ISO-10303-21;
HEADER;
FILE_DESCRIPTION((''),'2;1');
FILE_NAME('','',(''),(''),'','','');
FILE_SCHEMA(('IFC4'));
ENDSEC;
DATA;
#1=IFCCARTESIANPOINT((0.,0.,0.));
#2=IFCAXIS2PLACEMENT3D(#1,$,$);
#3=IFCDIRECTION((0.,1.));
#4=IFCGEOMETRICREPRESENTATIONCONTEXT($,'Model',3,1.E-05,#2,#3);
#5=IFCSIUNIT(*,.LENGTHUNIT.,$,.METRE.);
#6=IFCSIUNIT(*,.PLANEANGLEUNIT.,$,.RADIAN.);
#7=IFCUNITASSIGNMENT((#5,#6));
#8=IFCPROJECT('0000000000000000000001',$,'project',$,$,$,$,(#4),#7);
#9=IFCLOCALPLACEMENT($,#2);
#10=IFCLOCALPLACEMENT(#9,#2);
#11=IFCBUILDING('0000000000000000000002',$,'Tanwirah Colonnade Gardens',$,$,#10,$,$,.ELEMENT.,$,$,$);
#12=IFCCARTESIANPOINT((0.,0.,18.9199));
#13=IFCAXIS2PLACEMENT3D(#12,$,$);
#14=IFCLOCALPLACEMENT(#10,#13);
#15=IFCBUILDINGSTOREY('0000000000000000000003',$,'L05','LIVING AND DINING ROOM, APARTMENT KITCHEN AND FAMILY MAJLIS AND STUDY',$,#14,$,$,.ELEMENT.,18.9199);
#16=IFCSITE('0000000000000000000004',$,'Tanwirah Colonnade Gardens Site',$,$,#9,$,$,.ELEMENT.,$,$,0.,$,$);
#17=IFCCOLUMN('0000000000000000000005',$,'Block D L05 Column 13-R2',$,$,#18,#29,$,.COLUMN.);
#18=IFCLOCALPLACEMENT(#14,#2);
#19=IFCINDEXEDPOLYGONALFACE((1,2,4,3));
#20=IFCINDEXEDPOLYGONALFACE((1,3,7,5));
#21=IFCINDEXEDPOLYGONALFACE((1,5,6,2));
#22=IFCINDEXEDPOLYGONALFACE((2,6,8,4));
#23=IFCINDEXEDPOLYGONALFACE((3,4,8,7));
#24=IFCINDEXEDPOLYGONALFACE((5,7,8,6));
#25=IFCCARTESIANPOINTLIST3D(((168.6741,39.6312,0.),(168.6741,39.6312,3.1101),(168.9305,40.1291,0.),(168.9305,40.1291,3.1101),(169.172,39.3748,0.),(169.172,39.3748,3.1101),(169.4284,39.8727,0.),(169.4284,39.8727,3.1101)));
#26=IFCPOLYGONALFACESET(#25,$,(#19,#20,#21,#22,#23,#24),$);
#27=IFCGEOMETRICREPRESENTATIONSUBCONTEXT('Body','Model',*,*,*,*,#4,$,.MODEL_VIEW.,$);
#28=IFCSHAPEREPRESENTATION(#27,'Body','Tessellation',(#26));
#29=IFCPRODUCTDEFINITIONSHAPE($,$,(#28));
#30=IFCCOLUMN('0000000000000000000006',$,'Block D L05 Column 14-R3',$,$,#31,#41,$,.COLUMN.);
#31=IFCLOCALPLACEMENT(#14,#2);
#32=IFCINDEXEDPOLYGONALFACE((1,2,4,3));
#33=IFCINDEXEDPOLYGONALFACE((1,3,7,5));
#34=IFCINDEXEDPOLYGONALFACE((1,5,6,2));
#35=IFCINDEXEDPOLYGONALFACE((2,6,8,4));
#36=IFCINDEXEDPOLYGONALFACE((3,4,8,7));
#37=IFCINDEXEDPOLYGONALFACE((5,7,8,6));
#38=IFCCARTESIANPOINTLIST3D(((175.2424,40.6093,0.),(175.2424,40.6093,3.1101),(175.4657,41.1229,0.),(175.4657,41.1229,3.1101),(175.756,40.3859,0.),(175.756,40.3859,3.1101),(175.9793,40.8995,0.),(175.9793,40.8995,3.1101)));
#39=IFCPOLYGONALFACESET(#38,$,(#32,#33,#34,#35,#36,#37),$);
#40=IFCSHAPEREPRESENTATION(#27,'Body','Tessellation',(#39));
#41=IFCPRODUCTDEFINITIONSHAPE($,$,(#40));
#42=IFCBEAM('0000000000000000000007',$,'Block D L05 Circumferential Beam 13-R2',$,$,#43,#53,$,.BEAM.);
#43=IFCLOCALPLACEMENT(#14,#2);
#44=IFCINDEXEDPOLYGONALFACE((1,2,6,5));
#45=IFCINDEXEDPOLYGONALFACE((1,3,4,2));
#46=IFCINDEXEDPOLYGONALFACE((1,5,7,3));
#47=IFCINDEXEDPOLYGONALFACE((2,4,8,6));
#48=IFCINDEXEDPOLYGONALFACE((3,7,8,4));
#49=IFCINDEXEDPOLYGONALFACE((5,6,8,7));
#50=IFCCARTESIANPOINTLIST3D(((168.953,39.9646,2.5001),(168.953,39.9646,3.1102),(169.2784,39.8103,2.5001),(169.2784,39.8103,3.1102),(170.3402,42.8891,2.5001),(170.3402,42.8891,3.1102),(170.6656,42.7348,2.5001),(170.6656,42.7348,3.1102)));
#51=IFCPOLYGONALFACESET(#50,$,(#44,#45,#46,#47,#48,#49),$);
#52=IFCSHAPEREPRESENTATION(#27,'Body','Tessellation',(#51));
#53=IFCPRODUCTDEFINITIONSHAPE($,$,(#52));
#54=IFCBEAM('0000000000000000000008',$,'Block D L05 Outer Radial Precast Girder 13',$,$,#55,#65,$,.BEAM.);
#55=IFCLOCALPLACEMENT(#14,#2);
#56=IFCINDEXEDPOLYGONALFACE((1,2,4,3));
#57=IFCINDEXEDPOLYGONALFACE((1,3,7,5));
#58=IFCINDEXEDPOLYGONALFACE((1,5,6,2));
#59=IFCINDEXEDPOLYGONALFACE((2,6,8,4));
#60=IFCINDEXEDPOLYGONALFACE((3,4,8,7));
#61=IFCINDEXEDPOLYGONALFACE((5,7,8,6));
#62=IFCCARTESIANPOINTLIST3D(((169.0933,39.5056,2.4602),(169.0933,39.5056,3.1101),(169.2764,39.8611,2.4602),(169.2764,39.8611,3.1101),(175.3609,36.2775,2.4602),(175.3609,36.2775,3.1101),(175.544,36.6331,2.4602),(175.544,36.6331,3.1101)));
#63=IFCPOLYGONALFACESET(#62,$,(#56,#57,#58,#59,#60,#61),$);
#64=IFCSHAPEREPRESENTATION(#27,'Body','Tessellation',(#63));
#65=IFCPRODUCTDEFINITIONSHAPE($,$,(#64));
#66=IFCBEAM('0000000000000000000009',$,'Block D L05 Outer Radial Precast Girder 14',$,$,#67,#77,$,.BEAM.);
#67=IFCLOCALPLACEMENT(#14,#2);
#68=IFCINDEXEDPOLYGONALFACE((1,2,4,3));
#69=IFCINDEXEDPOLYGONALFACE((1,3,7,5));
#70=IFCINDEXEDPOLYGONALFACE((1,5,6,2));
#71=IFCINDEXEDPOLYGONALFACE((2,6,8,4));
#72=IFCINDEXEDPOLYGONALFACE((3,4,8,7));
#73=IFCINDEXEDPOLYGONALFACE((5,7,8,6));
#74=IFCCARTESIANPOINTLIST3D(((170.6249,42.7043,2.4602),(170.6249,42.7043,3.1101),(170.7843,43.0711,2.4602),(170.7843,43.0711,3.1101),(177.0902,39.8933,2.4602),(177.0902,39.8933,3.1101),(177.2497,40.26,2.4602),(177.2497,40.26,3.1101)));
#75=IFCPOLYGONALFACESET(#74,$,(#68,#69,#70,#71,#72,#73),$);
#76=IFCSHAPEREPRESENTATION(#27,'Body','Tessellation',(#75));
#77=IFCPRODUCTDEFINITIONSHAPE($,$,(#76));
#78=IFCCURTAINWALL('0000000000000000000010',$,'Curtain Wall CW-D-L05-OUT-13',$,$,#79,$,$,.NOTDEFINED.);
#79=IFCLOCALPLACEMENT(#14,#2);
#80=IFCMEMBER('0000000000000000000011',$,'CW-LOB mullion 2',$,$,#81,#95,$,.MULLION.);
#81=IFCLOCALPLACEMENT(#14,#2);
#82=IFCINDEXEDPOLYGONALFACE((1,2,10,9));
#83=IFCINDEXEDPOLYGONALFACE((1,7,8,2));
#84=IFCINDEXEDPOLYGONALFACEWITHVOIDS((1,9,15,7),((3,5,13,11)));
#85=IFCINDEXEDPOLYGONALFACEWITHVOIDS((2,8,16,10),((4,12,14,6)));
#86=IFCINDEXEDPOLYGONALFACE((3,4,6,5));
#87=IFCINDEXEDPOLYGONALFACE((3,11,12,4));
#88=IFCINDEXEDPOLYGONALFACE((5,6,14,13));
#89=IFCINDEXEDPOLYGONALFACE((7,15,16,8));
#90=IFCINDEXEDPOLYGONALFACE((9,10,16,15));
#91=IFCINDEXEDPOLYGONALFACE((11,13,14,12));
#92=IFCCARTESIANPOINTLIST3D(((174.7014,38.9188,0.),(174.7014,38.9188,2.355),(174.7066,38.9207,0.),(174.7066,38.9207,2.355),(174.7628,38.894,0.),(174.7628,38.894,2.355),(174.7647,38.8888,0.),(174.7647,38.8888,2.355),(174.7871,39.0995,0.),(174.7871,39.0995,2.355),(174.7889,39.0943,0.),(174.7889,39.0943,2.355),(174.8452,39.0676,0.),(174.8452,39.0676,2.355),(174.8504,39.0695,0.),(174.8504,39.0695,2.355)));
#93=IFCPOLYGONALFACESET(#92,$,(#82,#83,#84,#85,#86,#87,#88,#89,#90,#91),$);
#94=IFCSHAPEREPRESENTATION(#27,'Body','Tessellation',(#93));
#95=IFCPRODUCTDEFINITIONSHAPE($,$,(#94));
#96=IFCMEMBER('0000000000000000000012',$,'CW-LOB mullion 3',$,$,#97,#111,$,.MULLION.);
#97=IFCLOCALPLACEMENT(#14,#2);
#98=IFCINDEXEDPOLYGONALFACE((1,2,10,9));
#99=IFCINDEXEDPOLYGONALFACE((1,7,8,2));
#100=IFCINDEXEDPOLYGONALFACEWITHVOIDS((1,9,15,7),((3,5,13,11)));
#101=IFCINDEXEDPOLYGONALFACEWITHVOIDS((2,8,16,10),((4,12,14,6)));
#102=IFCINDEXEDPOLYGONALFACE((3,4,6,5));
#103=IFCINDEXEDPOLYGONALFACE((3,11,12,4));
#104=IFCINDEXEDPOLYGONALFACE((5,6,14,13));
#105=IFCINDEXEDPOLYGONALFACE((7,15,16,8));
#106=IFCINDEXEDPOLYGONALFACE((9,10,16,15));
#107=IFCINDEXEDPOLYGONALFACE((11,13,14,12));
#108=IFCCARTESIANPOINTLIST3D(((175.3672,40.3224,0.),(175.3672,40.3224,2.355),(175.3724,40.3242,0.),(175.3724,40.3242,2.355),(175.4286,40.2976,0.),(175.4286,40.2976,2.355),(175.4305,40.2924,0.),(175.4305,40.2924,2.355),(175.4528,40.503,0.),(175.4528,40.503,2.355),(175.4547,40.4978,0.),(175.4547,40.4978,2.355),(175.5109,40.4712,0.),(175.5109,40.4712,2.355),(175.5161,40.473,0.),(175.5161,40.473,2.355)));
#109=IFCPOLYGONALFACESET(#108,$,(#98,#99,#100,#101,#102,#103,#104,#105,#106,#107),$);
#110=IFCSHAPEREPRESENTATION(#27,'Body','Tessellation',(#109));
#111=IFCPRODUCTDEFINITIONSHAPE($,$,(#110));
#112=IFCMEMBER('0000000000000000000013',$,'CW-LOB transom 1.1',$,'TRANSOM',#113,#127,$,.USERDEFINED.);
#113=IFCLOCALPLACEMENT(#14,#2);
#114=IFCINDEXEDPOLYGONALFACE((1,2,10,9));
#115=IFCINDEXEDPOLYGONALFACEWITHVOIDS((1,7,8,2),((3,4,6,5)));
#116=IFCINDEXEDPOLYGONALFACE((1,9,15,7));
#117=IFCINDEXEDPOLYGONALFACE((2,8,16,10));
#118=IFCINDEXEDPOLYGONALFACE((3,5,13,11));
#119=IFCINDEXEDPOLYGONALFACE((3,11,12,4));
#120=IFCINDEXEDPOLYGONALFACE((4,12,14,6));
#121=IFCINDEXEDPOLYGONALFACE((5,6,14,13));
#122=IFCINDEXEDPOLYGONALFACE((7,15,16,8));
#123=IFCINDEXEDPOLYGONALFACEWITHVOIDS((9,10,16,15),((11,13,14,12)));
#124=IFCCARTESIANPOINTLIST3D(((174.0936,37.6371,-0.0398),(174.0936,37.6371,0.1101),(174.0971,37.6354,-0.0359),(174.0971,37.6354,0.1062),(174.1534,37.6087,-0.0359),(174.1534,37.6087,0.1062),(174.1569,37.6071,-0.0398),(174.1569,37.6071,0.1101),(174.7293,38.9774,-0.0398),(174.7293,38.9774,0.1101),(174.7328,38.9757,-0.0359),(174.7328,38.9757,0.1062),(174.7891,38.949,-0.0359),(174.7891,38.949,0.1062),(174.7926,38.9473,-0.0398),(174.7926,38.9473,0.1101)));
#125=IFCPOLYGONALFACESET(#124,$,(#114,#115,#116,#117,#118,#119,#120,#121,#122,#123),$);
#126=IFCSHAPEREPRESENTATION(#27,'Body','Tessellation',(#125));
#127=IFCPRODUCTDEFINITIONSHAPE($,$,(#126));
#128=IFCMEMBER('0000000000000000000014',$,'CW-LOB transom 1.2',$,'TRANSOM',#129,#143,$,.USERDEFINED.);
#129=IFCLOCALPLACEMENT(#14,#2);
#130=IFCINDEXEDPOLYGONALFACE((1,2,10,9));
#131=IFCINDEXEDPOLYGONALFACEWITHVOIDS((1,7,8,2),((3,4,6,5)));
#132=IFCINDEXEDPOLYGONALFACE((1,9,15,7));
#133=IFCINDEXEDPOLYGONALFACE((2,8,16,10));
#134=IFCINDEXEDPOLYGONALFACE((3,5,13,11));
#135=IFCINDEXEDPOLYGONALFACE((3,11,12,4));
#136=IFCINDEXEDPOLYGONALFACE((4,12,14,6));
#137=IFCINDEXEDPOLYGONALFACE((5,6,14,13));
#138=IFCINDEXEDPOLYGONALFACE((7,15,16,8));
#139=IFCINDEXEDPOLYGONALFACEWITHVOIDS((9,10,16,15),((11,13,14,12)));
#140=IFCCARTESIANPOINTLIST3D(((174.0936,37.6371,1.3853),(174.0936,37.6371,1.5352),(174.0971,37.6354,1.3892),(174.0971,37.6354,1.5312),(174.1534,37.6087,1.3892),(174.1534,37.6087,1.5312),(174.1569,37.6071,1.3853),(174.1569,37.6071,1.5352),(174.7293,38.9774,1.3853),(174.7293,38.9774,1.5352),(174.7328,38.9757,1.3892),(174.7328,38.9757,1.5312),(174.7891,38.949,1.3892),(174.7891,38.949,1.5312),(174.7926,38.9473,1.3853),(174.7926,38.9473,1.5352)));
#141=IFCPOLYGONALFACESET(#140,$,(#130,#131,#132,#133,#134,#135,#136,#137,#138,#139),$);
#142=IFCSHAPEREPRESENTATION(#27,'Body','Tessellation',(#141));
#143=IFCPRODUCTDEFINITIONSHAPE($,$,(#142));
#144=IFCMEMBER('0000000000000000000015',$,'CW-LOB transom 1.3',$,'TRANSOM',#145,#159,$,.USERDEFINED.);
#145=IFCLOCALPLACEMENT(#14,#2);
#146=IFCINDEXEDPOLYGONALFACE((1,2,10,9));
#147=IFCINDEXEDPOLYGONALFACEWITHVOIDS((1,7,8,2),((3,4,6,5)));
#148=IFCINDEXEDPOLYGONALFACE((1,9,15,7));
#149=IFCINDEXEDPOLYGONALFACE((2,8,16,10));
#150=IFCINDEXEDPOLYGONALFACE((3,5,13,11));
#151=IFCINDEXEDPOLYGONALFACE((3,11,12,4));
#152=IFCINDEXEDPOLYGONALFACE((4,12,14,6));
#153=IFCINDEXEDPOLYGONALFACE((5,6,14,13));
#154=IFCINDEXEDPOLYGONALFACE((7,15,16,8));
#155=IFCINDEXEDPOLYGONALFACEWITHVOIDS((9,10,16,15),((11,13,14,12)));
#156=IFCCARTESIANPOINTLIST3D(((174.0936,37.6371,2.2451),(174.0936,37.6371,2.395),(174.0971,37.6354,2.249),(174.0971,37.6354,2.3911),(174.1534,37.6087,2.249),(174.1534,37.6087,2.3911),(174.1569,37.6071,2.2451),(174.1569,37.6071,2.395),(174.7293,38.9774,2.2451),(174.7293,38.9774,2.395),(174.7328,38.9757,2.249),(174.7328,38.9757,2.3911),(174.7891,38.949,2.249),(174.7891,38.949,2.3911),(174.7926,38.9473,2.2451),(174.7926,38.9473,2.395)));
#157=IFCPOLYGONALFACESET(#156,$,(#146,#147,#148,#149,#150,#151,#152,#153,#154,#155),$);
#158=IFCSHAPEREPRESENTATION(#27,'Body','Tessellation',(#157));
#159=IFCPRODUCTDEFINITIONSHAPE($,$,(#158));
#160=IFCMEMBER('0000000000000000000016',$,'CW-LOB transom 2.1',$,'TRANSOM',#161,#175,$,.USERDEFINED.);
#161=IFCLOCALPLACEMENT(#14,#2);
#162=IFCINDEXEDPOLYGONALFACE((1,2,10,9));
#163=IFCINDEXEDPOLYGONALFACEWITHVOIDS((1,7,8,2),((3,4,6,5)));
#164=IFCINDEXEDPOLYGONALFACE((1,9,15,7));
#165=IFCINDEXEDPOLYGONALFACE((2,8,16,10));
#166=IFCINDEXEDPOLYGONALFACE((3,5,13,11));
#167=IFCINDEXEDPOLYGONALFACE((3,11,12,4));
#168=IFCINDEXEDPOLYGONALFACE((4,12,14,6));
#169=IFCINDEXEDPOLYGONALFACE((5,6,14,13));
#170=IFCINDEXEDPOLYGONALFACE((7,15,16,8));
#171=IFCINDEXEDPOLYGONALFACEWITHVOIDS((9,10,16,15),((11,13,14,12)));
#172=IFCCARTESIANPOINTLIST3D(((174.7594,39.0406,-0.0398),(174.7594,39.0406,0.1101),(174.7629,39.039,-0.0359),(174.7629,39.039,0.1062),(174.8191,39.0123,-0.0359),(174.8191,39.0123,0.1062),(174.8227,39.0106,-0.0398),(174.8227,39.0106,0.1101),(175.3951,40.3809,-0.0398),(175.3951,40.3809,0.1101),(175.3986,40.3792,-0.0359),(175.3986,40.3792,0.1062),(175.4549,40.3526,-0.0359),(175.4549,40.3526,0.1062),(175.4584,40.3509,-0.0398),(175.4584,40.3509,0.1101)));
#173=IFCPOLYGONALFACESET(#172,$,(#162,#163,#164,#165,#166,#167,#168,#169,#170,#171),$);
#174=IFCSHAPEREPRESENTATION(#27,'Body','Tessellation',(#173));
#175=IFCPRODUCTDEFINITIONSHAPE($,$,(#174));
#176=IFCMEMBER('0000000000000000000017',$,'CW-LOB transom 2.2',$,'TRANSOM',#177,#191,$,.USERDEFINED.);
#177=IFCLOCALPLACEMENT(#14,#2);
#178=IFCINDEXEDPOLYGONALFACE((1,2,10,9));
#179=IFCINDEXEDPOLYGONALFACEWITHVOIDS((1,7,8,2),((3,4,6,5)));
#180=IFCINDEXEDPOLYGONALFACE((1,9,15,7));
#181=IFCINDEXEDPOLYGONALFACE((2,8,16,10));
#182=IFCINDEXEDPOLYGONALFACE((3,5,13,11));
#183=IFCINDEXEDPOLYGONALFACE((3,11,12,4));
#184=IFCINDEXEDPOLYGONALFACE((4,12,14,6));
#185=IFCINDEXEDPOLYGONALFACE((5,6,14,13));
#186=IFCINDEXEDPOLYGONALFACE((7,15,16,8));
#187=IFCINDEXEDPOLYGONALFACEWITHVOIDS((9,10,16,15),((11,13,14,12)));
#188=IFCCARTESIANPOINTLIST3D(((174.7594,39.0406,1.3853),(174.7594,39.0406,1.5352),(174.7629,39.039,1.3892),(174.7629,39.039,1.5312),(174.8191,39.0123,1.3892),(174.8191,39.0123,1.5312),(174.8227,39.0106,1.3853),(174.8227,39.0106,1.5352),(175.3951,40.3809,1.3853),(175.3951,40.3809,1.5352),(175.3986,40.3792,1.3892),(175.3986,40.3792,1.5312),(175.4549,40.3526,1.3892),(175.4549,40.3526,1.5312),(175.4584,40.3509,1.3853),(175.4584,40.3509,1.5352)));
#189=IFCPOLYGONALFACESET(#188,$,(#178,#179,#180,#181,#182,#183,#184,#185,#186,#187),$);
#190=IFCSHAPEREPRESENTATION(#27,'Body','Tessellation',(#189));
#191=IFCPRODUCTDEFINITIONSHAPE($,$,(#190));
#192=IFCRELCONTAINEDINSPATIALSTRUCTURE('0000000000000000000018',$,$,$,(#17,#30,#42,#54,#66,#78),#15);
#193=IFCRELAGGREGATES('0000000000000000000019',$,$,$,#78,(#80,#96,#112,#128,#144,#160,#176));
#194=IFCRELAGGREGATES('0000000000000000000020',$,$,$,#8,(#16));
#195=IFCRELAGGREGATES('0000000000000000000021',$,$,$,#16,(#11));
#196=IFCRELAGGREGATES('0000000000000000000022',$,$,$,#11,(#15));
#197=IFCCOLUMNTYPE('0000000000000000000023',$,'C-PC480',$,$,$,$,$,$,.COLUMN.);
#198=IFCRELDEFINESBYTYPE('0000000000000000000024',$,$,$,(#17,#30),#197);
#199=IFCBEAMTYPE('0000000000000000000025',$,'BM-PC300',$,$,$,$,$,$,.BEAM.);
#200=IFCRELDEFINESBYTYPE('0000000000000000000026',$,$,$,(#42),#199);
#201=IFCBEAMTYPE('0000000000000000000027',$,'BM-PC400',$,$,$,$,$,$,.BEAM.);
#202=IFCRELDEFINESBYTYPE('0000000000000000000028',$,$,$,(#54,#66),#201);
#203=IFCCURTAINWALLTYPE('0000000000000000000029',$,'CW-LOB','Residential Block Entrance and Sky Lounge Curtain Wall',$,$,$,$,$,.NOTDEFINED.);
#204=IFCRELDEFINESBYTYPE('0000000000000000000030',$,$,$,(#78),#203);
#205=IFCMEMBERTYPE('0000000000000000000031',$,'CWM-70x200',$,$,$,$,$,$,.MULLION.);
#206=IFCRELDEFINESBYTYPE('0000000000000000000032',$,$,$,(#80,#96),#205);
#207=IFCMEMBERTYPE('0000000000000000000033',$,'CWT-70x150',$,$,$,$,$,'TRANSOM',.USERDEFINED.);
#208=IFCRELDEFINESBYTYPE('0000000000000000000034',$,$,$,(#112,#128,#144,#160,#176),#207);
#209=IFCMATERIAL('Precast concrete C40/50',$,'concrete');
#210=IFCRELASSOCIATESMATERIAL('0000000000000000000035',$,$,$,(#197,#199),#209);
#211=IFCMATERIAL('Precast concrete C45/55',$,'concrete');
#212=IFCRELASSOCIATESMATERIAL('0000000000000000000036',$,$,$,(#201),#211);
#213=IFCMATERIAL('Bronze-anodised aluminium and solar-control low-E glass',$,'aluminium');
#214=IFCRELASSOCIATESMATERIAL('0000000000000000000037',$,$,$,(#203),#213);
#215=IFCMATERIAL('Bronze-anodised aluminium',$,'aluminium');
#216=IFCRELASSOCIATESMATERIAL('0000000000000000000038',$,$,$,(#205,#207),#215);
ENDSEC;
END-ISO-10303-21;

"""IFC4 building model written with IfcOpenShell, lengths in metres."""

from ifc_helpers import new_model, si_unit, direction, frame, origin, origin_2d, place, context, subcontext, project, spatial, rectangle, hollow_rectangle, extrude, material, material_profile, profile_set, type_object, element, aggregate, save


model = new_model("IFC4")

# Units and contexts
model_context = context("Model", 3, precision=1e-05, world=origin(), true_north=direction((0.0, 1.0)))
body_context = subcontext(model_context, "Body", "Model", "MODEL_VIEW")
ifc_project = project(units=[si_unit("LENGTHUNIT", "METRE"), si_unit("PLANEANGLEUNIT", "RADIAN")], contexts=[model_context])

# Site, building, storey
site_placement = place(None, origin())
site = spatial("IfcSite", under=ifc_project, at=site_placement, Name="Tanwirah Colonnade Gardens Site", CompositionType="ELEMENT", RefElevation=0.0)
building_placement = place(site_placement, origin())
building = spatial("IfcBuilding", under=site, at=building_placement, Name="Tanwirah Colonnade Gardens", CompositionType="ELEMENT")
storey_placement = place(building_placement, frame((0.0, 0.0, 18.9199)))
storey = spatial("IfcBuildingStorey", under=building, at=storey_placement, Name="L05", Description="LIVING AND DINING ROOM, APARTMENT KITCHEN AND FAMILY MAJLIS AND STUDY", CompositionType="ELEMENT", Elevation=18.9199)

# Columns
ifc_material_1 = material(Name="Precast concrete C40/50", Category="concrete")
ifc_material_profile_1 = material_profile(ifc_material_1, rectangle(XDim=0.5601, YDim=0.5601, at=origin_2d()), Name="PC-COL 560x560")
ifc_profile_set_1 = profile_set([ifc_material_profile_1], Name="Precast concrete C40/50")
column_type = type_object("IfcColumnType", Name="C-PC480", PredefinedType="COLUMN", material=ifc_profile_set_1)
for number, where, z_axis, x_axis, name in (
    (1, (169.0513, 39.752, 0.0), (0.0, 0.0, 1.0), (0.889017, -0.457874, 0.0), "Block D L05 Column 13-R2"),
    (2, (175.6108, 40.7544, 0.0), (0.0, 0.0, 1.0), (0.91706, -0.398749, 0.0), "Block D L05 Column 14-R3"),
):
    element("IfcColumn", number, at=place(storey_placement, frame(where, z_axis=z_axis, x_axis=x_axis)), inside=storey, type_object=column_type, Name=name, PredefinedType="COLUMN", context=body_context, shape_type="SweptSolid", body=[
        extrude(rectangle(XDim=0.5601, YDim=0.5601, at=origin_2d()), origin(), (0.0, 0.0, 1.0), 3.1101),
    ])

# Beams
ifc_material_profile_2 = material_profile(ifc_material_1, rectangle(XDim=0.3601, YDim=0.6101, at=origin_2d()), Name="PC-BM 360x610")
ifc_profile_set_2 = profile_set([ifc_material_profile_2], Name="Precast concrete C40/50")
beam_type_1 = type_object("IfcBeamType", Name="BM-PC300", PredefinedType="BEAM", material=ifc_profile_set_2)
beam_1_placement = place(storey_placement, frame((169.1157, 39.8875, 2.8052), z_axis=(0.428563, 0.903512, 0.0), x_axis=(-0.903512, 0.428563, 0.0)))
element("IfcBeam", 3, at=beam_1_placement, inside=storey, type_object=beam_type_1, Name="Block D L05 Circumferential Beam 13-R2", PredefinedType="BEAM", context=body_context, shape_type="SweptSolid", body=[
    extrude(rectangle(XDim=0.3601, YDim=0.6101, at=origin_2d()), origin(), (0.0, 0.0, 1.0), 3.2368),
])
ifc_material_2 = material(Name="Precast concrete C45/55", Category="concrete")
ifc_material_profile_3 = material_profile(ifc_material_2, rectangle(XDim=0.3999, YDim=0.6499, at=origin_2d()), Name="PC-BM 400x650")
ifc_profile_set_3 = profile_set([ifc_material_profile_3], Name="Precast concrete C45/55")
beam_type_2 = type_object("IfcBeamType", Name="BM-PC400", PredefinedType="BEAM", material=ifc_profile_set_3)
for number, where, z_axis, x_axis, name in (
    (4, (169.1848, 39.6833, 2.7852), (0.889016, -0.457875, 0.0), (0.457875, 0.889016, 0.0), "Block D L05 Outer Radial Precast Girder 13"),
    (5, (170.7046, 42.8877, 2.7852), (0.917069, -0.398729, 0.0), (0.398729, 0.917069, 0.0), "Block D L05 Outer Radial Precast Girder 14"),
):
    element("IfcBeam", number, at=place(storey_placement, frame(where, z_axis=z_axis, x_axis=x_axis)), inside=storey, type_object=beam_type_2, Name=name, PredefinedType="BEAM", context=body_context, shape_type="SweptSolid", body=[
        extrude(rectangle(XDim=0.3999, YDim=0.6499, at=origin_2d()), origin(), (0.0, 0.0, 1.0), 7.05),
    ])

# Curtain wall, members
ifc_material_3 = material(Name="Bronze-anodised aluminium and solar-control low-E glass", Category="aluminium")
curtain_wall_type = type_object("IfcCurtainWallType", Name="CW-LOB", Description="Residential Block Entrance and Sky Lounge Curtain Wall", PredefinedType="NOTDEFINED", material=ifc_material_3)
curtain_wall_placement = place(storey_placement, origin())
curtain_wall = element("IfcCurtainWall", 6, at=curtain_wall_placement, inside=storey, type_object=curtain_wall_type, Name="Curtain Wall CW-D-L05-OUT-13", PredefinedType="NOTDEFINED")
ifc_material_4 = material(Name="Bronze-anodised aluminium", Category="aluminium")
ifc_material_profile_4 = material_profile(ifc_material_4, hollow_rectangle(XDim=0.0701, YDim=0.2, WallThickness=0.0039, at=origin_2d()), Name="CW-MUL 70x200x4")
ifc_profile_set_4 = profile_set([ifc_material_profile_4], Name="Bronze-anodised aluminium")
member_type_1 = type_object("IfcMemberType", Name="CWM-70x200", PredefinedType="MULLION", material=ifc_profile_set_4)
member_1_placement = place(storey_placement, frame((174.7759, 38.9941, 0.0), z_axis=(0.0, 0.0, 1.0), x_axis=(-0.903523, 0.42854, 0.0)))
member_1 = element("IfcMember", 7, at=member_1_placement, type_object=member_type_1, Name="CW-LOB mullion 2", PredefinedType="MULLION", context=body_context, shape_type="SweptSolid", body=[
    extrude(hollow_rectangle(XDim=0.0701, YDim=0.2, WallThickness=0.0039, at=origin_2d()), origin(), (0.0, 0.0, 1.0), 2.355),
])
member_2_placement = place(storey_placement, frame((175.4417, 40.3977, 0.0), z_axis=(0.0, 0.0, 1.0), x_axis=(-0.903523, 0.42854, 0.0)))
member_2 = element("IfcMember", 8, at=member_2_placement, type_object=member_type_1, Name="CW-LOB mullion 3", PredefinedType="MULLION", context=body_context, shape_type="SweptSolid", body=[
    extrude(hollow_rectangle(XDim=0.0701, YDim=0.2, WallThickness=0.0039, at=origin_2d()), origin(), (0.0, 0.0, 1.0), 2.355),
])
ifc_material_profile_5 = material_profile(ifc_material_4, hollow_rectangle(XDim=0.0701, YDim=0.1499, WallThickness=0.0039, at=origin_2d()), Name="CW-TRN 70x150x4")
ifc_profile_set_5 = profile_set([ifc_material_profile_5], Name="Bronze-anodised aluminium")
member_type_2 = type_object("IfcMemberType", Name="CWT-70x150", ElementType="TRANSOM", PredefinedType="USERDEFINED", material=ifc_profile_set_5)
member_3_placement = place(storey_placement, frame((174.1252, 37.6221, 0.0352), z_axis=(0.428553, 0.903517, 0.0), x_axis=(-0.903517, 0.428553, 0.0)))
member_3 = element("IfcMember", 9, at=member_3_placement, type_object=member_type_2, Name="CW-LOB transom 1.1", ObjectType="TRANSOM", PredefinedType="USERDEFINED", context=body_context, shape_type="SweptSolid", body=[
    extrude(hollow_rectangle(XDim=0.0701, YDim=0.1499, WallThickness=0.0039, at=origin_2d()), origin(), (0.0, 0.0, 1.0), 1.4834),
])
member_4_placement = place(storey_placement, frame((174.1252, 37.6221, 1.4602), z_axis=(0.428553, 0.903517, 0.0), x_axis=(-0.903517, 0.428553, 0.0)))
member_4 = element("IfcMember", 10, at=member_4_placement, type_object=member_type_2, Name="CW-LOB transom 1.2", ObjectType="TRANSOM", PredefinedType="USERDEFINED", context=body_context, shape_type="SweptSolid", body=[
    extrude(hollow_rectangle(XDim=0.0701, YDim=0.1499, WallThickness=0.0039, at=origin_2d()), origin(), (0.0, 0.0, 1.0), 1.4834),
])
member_5_placement = place(storey_placement, frame((174.1252, 37.6221, 2.3201), z_axis=(0.428553, 0.903517, 0.0), x_axis=(-0.903517, 0.428553, 0.0)))
member_5 = element("IfcMember", 11, at=member_5_placement, type_object=member_type_2, Name="CW-LOB transom 1.3", ObjectType="TRANSOM", PredefinedType="USERDEFINED", context=body_context, shape_type="SweptSolid", body=[
    extrude(hollow_rectangle(XDim=0.0701, YDim=0.1499, WallThickness=0.0039, at=origin_2d()), origin(), (0.0, 0.0, 1.0), 1.4834),
])
member_6_placement = place(storey_placement, frame((174.791, 39.0256, 0.0352), z_axis=(0.428553, 0.903517, 0.0), x_axis=(-0.903517, 0.428553, 0.0)))
member_6 = element("IfcMember", 12, at=member_6_placement, type_object=member_type_2, Name="CW-LOB transom 2.1", ObjectType="TRANSOM", PredefinedType="USERDEFINED", context=body_context, shape_type="SweptSolid", body=[
    extrude(hollow_rectangle(XDim=0.0701, YDim=0.1499, WallThickness=0.0039, at=origin_2d()), origin(), (0.0, 0.0, 1.0), 1.4834),
])
member_7_placement = place(storey_placement, frame((174.791, 39.0256, 1.4602), z_axis=(0.428553, 0.903517, 0.0), x_axis=(-0.903517, 0.428553, 0.0)))
member_7 = element("IfcMember", 13, at=member_7_placement, type_object=member_type_2, Name="CW-LOB transom 2.2", ObjectType="TRANSOM", PredefinedType="USERDEFINED", context=body_context, shape_type="SweptSolid", body=[
    extrude(hollow_rectangle(XDim=0.0701, YDim=0.1499, WallThickness=0.0039, at=origin_2d()), origin(), (0.0, 0.0, 1.0), 1.4834),
])

aggregate(curtain_wall, [member_1, member_2, member_3, member_4, member_5, member_6, member_7])

save(model, "model.ifc")
